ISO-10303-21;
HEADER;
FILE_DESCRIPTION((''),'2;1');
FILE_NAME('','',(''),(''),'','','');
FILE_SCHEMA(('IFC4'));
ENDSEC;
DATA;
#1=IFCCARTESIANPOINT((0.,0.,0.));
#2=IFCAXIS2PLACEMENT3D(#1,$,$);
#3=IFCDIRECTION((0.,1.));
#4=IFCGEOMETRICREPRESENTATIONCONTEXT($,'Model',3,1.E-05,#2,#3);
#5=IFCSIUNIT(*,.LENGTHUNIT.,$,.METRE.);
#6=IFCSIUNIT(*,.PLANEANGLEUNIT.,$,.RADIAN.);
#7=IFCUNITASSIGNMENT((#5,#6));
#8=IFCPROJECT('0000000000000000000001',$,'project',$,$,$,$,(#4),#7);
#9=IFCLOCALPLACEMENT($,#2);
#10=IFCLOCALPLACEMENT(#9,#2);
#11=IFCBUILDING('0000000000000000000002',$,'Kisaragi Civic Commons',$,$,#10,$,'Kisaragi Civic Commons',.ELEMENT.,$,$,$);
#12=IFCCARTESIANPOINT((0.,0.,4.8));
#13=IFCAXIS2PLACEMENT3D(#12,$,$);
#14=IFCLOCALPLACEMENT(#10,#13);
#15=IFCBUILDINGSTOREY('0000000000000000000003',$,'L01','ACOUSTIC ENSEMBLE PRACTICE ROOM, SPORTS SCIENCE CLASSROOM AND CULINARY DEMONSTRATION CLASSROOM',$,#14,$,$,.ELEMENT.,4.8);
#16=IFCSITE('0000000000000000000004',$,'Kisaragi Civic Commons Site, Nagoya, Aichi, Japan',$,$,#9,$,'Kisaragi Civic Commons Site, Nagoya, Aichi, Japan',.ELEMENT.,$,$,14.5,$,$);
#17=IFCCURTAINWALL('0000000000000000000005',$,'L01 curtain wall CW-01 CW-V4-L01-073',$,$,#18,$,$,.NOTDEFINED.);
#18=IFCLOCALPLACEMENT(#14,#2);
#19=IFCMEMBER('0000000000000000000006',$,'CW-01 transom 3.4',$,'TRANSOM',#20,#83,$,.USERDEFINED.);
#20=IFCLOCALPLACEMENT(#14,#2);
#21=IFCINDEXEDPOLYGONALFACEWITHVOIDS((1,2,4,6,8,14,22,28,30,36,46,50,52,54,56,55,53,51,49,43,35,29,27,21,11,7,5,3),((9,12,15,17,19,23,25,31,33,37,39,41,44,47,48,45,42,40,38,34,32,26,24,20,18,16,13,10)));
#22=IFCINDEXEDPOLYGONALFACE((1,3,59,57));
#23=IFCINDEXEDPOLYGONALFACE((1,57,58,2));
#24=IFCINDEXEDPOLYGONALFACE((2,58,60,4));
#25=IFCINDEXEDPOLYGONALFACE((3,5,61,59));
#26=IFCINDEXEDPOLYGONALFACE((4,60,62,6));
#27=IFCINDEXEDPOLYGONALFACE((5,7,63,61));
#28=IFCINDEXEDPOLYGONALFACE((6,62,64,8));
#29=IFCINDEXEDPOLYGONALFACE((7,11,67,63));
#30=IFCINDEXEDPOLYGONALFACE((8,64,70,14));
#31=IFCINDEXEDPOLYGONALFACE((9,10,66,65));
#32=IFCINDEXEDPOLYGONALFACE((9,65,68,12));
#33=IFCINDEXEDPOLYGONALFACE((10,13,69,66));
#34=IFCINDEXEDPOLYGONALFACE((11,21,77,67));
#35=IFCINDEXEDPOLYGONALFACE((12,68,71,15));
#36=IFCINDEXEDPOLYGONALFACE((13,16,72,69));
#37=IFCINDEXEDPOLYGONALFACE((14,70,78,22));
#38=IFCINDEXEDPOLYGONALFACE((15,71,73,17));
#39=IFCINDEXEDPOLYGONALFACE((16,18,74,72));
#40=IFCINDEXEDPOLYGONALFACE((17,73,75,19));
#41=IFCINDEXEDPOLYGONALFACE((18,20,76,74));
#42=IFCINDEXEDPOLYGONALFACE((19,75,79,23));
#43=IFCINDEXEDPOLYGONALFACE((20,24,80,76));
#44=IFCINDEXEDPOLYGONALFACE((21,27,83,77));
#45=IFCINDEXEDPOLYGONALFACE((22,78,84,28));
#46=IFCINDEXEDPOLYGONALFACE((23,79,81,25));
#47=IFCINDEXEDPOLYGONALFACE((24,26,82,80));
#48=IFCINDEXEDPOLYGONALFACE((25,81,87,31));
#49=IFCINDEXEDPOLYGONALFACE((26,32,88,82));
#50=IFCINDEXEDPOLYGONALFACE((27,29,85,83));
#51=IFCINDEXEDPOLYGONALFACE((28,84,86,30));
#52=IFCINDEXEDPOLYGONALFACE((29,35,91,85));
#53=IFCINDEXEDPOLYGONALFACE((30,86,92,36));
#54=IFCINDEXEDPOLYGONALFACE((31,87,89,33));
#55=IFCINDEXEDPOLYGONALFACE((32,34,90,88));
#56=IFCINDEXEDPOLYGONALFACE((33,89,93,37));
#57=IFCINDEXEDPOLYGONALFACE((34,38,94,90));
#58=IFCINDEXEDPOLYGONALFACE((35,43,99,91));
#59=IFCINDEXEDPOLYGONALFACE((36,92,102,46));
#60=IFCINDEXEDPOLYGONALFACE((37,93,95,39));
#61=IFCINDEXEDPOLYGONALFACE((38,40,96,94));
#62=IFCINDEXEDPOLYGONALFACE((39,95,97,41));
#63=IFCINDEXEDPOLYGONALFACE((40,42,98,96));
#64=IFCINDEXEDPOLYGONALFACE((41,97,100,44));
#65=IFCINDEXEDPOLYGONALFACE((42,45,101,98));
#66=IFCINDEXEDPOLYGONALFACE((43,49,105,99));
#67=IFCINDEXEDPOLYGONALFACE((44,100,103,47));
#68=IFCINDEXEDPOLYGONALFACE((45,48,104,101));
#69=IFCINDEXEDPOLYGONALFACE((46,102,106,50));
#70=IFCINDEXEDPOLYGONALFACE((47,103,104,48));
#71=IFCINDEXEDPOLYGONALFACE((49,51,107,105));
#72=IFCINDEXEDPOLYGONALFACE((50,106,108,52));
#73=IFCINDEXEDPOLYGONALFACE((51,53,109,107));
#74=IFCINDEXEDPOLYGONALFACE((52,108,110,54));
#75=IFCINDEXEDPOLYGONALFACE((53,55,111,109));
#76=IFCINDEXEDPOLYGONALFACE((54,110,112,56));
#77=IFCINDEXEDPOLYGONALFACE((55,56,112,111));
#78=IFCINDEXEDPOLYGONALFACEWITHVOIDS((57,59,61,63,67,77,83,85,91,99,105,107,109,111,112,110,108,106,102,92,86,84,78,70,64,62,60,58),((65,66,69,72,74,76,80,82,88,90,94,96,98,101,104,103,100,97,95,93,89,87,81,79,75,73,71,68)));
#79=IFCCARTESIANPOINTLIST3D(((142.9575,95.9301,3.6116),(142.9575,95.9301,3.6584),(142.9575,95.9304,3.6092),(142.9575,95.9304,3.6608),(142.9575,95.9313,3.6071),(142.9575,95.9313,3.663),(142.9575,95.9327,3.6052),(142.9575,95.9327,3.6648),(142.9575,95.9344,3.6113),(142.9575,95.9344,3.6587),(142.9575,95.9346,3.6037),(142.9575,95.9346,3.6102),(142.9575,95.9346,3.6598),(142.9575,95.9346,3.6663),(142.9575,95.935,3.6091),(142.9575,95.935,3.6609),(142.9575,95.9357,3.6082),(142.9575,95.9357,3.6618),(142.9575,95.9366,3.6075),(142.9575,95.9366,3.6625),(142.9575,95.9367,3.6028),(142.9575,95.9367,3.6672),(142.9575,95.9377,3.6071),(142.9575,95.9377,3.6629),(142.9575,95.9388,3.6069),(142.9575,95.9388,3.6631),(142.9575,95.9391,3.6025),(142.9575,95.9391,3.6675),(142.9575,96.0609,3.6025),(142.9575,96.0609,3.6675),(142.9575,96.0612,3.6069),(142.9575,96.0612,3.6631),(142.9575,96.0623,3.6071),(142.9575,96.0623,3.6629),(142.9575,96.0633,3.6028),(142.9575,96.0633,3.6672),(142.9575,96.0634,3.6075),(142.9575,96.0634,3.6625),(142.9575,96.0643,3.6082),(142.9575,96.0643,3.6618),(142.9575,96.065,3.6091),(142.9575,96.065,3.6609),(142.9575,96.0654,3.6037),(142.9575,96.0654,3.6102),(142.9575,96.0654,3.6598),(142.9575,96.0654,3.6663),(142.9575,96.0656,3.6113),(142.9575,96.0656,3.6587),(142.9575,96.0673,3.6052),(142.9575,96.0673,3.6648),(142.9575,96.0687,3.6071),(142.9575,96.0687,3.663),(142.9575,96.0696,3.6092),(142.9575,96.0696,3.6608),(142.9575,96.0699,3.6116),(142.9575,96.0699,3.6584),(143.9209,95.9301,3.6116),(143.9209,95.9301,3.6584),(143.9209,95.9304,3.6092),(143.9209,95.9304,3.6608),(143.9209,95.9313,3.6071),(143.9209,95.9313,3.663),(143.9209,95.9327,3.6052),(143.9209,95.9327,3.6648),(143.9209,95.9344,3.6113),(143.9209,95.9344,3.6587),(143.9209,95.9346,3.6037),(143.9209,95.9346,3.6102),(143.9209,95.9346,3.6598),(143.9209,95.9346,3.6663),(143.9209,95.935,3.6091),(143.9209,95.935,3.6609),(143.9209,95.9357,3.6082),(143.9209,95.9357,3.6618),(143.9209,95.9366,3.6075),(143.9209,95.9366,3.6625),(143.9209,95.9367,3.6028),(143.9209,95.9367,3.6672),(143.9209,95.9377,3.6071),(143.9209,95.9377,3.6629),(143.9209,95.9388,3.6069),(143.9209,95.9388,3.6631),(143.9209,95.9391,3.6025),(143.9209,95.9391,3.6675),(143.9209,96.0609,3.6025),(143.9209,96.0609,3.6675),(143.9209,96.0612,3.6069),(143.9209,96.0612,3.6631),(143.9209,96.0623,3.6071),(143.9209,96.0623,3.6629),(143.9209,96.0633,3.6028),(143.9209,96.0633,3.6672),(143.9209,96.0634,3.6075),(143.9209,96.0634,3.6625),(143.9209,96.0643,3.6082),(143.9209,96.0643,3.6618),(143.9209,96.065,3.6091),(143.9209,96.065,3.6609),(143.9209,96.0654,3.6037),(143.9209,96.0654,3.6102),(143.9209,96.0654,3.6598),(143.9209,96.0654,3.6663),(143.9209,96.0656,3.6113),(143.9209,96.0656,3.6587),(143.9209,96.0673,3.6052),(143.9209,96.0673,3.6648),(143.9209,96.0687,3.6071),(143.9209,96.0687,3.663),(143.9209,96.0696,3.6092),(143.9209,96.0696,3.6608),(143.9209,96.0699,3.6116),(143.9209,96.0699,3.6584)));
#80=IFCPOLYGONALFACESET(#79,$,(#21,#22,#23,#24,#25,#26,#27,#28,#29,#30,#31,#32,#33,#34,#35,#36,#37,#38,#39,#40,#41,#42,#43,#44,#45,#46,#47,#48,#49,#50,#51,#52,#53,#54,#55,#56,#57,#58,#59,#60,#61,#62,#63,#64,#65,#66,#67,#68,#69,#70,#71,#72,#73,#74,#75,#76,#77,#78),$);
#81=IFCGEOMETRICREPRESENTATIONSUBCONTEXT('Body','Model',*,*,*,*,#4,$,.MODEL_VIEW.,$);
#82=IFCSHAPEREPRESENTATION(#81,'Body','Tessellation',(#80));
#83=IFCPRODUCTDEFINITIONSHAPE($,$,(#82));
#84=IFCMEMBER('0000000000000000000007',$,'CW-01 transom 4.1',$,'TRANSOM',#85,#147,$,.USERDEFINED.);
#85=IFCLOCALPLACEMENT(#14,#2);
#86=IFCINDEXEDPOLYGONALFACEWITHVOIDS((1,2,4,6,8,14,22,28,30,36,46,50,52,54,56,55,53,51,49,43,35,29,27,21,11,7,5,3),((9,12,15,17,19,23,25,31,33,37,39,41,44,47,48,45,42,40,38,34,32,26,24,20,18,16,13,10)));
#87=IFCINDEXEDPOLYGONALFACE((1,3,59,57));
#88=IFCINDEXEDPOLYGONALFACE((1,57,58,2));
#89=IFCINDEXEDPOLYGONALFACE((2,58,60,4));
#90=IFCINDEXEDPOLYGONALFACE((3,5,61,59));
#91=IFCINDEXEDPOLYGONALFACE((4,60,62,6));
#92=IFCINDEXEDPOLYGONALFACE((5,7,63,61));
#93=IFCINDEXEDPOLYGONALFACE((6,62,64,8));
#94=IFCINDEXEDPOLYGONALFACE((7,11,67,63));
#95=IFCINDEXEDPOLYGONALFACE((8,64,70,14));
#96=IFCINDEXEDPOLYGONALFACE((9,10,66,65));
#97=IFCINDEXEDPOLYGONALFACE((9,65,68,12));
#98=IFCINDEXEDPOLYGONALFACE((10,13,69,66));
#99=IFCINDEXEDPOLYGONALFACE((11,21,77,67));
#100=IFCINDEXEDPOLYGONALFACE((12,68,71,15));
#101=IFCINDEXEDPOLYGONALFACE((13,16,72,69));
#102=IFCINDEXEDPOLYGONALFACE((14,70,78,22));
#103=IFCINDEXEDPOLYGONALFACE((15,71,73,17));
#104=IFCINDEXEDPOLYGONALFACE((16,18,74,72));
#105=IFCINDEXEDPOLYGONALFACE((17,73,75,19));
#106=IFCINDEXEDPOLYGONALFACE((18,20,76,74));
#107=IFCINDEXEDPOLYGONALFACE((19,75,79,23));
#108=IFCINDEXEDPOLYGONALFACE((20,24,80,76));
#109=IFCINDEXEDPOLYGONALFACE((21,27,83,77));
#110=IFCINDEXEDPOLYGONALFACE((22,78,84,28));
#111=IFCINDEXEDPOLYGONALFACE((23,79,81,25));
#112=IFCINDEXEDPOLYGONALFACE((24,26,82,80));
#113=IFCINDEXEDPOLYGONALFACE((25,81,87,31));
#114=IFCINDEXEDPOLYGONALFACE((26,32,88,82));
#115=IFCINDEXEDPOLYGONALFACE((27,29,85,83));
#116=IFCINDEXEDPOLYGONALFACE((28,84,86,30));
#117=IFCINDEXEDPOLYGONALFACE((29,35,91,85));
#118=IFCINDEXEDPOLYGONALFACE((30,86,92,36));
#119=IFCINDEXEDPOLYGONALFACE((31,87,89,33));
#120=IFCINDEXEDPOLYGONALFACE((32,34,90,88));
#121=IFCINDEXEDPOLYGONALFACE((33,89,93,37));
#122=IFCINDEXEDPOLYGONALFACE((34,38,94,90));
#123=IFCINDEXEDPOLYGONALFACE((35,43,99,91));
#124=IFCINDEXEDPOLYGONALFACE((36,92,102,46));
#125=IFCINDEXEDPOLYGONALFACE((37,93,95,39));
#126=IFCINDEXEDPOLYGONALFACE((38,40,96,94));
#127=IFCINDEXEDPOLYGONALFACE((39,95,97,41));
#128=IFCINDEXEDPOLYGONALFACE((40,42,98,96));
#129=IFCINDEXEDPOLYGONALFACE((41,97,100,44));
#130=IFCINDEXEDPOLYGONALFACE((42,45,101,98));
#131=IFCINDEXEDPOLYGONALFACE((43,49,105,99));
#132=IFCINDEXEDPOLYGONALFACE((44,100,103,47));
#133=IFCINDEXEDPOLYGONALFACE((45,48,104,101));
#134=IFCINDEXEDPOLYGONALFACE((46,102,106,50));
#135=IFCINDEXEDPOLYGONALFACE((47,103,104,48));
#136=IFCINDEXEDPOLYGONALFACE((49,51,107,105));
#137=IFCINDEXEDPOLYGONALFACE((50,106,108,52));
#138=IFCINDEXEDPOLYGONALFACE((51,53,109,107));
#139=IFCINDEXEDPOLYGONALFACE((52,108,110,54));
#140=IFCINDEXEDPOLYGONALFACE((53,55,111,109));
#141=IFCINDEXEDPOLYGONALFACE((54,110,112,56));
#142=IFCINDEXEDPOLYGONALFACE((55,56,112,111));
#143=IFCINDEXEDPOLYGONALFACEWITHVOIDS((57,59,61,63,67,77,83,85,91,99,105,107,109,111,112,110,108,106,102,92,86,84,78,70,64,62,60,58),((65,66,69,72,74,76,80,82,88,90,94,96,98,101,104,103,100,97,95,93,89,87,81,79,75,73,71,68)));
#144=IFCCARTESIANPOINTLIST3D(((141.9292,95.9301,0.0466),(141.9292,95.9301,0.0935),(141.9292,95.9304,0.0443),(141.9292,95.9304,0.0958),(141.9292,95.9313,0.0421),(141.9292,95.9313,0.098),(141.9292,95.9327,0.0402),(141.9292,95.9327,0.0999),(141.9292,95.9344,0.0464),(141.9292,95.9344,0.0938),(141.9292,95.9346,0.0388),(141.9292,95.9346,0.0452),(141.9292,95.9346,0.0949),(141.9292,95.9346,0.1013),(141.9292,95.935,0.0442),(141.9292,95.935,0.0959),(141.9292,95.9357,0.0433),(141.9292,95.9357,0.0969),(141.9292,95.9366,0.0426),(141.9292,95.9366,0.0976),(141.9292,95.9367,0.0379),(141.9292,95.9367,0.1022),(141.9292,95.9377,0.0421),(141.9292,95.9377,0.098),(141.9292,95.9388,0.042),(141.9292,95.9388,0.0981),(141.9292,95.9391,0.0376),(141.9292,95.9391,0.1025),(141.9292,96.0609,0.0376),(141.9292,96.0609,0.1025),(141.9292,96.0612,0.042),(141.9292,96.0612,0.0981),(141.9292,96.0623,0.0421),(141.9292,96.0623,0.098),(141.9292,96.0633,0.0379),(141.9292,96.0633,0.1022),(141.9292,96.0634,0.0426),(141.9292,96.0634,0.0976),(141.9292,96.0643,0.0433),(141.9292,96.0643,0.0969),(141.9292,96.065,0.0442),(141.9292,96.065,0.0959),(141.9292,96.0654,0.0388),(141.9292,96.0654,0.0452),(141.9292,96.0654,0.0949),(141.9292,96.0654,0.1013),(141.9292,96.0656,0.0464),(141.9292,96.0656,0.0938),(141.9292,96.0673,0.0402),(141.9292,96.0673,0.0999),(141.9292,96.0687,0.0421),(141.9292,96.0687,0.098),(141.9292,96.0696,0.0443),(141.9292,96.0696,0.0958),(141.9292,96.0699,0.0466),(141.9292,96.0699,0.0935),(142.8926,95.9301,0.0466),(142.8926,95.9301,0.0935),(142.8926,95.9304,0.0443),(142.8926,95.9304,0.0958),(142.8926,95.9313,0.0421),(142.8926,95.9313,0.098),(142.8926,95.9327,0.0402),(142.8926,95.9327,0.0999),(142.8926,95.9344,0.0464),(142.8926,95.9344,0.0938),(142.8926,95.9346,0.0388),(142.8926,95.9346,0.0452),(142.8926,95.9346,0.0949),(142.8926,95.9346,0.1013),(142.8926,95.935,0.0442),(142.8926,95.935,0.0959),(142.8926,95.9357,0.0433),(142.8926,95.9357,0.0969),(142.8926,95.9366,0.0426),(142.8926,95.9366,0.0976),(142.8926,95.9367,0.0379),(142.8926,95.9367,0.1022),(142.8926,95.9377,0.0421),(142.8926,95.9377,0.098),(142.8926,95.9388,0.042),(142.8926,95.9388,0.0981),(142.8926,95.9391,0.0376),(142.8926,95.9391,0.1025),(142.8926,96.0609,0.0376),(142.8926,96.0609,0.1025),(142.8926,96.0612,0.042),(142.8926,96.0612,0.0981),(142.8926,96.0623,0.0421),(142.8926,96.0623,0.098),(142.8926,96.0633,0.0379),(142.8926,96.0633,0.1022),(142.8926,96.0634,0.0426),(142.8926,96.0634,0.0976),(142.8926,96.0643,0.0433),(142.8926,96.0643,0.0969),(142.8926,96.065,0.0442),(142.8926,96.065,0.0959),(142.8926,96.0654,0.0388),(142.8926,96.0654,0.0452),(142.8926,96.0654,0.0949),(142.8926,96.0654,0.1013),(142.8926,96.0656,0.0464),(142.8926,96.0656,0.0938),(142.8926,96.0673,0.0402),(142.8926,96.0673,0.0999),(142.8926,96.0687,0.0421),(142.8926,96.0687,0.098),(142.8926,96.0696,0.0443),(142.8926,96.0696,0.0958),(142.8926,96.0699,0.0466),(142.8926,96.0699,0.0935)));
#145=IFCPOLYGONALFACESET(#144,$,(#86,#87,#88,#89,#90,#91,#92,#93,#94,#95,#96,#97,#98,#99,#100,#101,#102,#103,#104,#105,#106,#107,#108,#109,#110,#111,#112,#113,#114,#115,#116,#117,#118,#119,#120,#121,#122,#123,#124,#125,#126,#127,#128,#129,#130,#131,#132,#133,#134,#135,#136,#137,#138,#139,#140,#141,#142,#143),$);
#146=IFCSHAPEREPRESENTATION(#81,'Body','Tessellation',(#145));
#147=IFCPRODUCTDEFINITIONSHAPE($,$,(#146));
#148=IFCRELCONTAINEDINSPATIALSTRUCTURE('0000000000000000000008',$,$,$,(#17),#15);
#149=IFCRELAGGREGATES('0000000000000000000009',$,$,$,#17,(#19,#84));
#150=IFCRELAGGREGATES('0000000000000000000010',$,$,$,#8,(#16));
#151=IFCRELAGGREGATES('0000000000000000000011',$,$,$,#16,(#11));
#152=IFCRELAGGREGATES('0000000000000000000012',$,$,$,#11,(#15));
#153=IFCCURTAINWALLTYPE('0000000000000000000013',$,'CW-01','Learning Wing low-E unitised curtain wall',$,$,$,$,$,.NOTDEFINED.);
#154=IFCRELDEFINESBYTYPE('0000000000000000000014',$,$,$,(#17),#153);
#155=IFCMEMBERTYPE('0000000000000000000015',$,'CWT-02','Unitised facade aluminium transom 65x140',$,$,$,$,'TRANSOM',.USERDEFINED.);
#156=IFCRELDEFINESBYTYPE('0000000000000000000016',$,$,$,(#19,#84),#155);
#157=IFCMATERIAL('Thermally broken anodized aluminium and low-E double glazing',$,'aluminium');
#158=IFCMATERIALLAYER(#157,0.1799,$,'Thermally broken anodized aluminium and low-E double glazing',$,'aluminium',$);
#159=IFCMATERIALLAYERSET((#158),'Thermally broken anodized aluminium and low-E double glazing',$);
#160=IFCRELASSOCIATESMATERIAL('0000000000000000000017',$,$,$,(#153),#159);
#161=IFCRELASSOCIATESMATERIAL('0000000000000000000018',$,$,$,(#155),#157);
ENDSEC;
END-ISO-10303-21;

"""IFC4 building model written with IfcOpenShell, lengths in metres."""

from ifc_helpers import new_model, si_unit, direction, frame, origin, origin_2d, place, context, subcontext, project, spatial, hollow_rectangle, extrude, material, layer, layer_set, material_profile, profile_set, type_object, element, aggregate, save


model = new_model("IFC4")

# Units and contexts
model_context = context("Model", 3, precision=1e-05, world=origin(), true_north=direction((0.0, 1.0)))
body_context = subcontext(model_context, "Body", "Model", "MODEL_VIEW")
ifc_project = project(units=[si_unit("LENGTHUNIT", "METRE"), si_unit("PLANEANGLEUNIT", "RADIAN")], contexts=[model_context])

# Site, building, storey
site_placement = place(None, origin())
site = spatial("IfcSite", under=ifc_project, at=site_placement, Name="Kisaragi Civic Commons Site, Nagoya, Aichi, Japan", LongName="Kisaragi Civic Commons Site, Nagoya, Aichi, Japan", CompositionType="ELEMENT", RefElevation=14.5)
building_placement = place(site_placement, origin())
building = spatial("IfcBuilding", under=site, at=building_placement, Name="Kisaragi Civic Commons", LongName="Kisaragi Civic Commons", CompositionType="ELEMENT")
storey_placement = place(building_placement, frame((0.0, 0.0, 4.8)))
storey = spatial("IfcBuildingStorey", under=building, at=storey_placement, Name="L01", Description="ACOUSTIC ENSEMBLE PRACTICE ROOM, SPORTS SCIENCE CLASSROOM AND CULINARY DEMONSTRATION CLASSROOM", CompositionType="ELEMENT", Elevation=4.8)

# Curtain wall, members
ifc_material = material(Name="Thermally broken anodized aluminium and low-E double glazing", Category="aluminium")
ifc_layer_1 = layer(ifc_material, 0.1799, Name="Thermally broken anodized aluminium and low-E double glazing", Category="aluminium")
ifc_layer_set_1 = layer_set([ifc_layer_1], Name="Thermally broken anodized aluminium and low-E double glazing")
curtain_wall_type = type_object("IfcCurtainWallType", Name="CW-01", Description="Learning Wing low-E unitised curtain wall", PredefinedType="NOTDEFINED", material=ifc_layer_set_1)
curtain_wall_placement = place(storey_placement, origin())
curtain_wall = element("IfcCurtainWall", 1, at=curtain_wall_placement, inside=storey, type_object=curtain_wall_type, Name="L01 curtain wall CW-01 CW-V4-L01-073", PredefinedType="NOTDEFINED")
ifc_material_profile_1 = material_profile(ifc_material, hollow_rectangle(XDim=0.1399, YDim=0.0649, WallThickness=0.0044, InnerFilletRadius=0.0044, OuterFilletRadius=0.009, at=origin_2d()), Name="CWT-65x140x4.5", Category="aluminium")
ifc_profile_set_1 = profile_set([ifc_material_profile_1], Name="Thermally broken anodized aluminium and low-E double glazing")
member_type_1 = type_object("IfcMemberType", Name="CWT-02", Description="Unitised facade aluminium transom 65x140", ElementType="TRANSOM", PredefinedType="USERDEFINED", material=ifc_profile_set_1)
member_1_placement = place(storey_placement, frame((143.9209, 96.0, 3.635), z_axis=(-1.0, 0.0, 0.0), x_axis=(0.0, -1.0, 0.0)))
member_1 = element("IfcMember", 2, at=member_1_placement, type_object=member_type_1, Name="CW-01 transom 3.4", ObjectType="TRANSOM", PredefinedType="USERDEFINED", context=body_context, shape_type="SweptSolid", body=[
    extrude(hollow_rectangle(XDim=0.1399, YDim=0.0649, WallThickness=0.0044, InnerFilletRadius=0.0044, OuterFilletRadius=0.009, at=origin_2d()), origin(), (0.0, 0.0, 1.0), 0.9634),
])
member_2_placement = place(storey_placement, frame((142.8926, 96.0, 0.0701), z_axis=(-1.0, 0.0, 0.0), x_axis=(0.0, -1.0, 0.0)))
member_2 = element("IfcMember", 3, at=member_2_placement, type_object=member_type_1, Name="CW-01 transom 4.1", ObjectType="TRANSOM", PredefinedType="USERDEFINED", context=body_context, shape_type="SweptSolid", body=[
    extrude(hollow_rectangle(XDim=0.1399, YDim=0.0649, WallThickness=0.0044, InnerFilletRadius=0.0044, OuterFilletRadius=0.009, at=origin_2d()), origin(), (0.0, 0.0, 1.0), 0.9634),
])
aggregate(curtain_wall, [member_1, member_2])

save(model, "model.ifc")
